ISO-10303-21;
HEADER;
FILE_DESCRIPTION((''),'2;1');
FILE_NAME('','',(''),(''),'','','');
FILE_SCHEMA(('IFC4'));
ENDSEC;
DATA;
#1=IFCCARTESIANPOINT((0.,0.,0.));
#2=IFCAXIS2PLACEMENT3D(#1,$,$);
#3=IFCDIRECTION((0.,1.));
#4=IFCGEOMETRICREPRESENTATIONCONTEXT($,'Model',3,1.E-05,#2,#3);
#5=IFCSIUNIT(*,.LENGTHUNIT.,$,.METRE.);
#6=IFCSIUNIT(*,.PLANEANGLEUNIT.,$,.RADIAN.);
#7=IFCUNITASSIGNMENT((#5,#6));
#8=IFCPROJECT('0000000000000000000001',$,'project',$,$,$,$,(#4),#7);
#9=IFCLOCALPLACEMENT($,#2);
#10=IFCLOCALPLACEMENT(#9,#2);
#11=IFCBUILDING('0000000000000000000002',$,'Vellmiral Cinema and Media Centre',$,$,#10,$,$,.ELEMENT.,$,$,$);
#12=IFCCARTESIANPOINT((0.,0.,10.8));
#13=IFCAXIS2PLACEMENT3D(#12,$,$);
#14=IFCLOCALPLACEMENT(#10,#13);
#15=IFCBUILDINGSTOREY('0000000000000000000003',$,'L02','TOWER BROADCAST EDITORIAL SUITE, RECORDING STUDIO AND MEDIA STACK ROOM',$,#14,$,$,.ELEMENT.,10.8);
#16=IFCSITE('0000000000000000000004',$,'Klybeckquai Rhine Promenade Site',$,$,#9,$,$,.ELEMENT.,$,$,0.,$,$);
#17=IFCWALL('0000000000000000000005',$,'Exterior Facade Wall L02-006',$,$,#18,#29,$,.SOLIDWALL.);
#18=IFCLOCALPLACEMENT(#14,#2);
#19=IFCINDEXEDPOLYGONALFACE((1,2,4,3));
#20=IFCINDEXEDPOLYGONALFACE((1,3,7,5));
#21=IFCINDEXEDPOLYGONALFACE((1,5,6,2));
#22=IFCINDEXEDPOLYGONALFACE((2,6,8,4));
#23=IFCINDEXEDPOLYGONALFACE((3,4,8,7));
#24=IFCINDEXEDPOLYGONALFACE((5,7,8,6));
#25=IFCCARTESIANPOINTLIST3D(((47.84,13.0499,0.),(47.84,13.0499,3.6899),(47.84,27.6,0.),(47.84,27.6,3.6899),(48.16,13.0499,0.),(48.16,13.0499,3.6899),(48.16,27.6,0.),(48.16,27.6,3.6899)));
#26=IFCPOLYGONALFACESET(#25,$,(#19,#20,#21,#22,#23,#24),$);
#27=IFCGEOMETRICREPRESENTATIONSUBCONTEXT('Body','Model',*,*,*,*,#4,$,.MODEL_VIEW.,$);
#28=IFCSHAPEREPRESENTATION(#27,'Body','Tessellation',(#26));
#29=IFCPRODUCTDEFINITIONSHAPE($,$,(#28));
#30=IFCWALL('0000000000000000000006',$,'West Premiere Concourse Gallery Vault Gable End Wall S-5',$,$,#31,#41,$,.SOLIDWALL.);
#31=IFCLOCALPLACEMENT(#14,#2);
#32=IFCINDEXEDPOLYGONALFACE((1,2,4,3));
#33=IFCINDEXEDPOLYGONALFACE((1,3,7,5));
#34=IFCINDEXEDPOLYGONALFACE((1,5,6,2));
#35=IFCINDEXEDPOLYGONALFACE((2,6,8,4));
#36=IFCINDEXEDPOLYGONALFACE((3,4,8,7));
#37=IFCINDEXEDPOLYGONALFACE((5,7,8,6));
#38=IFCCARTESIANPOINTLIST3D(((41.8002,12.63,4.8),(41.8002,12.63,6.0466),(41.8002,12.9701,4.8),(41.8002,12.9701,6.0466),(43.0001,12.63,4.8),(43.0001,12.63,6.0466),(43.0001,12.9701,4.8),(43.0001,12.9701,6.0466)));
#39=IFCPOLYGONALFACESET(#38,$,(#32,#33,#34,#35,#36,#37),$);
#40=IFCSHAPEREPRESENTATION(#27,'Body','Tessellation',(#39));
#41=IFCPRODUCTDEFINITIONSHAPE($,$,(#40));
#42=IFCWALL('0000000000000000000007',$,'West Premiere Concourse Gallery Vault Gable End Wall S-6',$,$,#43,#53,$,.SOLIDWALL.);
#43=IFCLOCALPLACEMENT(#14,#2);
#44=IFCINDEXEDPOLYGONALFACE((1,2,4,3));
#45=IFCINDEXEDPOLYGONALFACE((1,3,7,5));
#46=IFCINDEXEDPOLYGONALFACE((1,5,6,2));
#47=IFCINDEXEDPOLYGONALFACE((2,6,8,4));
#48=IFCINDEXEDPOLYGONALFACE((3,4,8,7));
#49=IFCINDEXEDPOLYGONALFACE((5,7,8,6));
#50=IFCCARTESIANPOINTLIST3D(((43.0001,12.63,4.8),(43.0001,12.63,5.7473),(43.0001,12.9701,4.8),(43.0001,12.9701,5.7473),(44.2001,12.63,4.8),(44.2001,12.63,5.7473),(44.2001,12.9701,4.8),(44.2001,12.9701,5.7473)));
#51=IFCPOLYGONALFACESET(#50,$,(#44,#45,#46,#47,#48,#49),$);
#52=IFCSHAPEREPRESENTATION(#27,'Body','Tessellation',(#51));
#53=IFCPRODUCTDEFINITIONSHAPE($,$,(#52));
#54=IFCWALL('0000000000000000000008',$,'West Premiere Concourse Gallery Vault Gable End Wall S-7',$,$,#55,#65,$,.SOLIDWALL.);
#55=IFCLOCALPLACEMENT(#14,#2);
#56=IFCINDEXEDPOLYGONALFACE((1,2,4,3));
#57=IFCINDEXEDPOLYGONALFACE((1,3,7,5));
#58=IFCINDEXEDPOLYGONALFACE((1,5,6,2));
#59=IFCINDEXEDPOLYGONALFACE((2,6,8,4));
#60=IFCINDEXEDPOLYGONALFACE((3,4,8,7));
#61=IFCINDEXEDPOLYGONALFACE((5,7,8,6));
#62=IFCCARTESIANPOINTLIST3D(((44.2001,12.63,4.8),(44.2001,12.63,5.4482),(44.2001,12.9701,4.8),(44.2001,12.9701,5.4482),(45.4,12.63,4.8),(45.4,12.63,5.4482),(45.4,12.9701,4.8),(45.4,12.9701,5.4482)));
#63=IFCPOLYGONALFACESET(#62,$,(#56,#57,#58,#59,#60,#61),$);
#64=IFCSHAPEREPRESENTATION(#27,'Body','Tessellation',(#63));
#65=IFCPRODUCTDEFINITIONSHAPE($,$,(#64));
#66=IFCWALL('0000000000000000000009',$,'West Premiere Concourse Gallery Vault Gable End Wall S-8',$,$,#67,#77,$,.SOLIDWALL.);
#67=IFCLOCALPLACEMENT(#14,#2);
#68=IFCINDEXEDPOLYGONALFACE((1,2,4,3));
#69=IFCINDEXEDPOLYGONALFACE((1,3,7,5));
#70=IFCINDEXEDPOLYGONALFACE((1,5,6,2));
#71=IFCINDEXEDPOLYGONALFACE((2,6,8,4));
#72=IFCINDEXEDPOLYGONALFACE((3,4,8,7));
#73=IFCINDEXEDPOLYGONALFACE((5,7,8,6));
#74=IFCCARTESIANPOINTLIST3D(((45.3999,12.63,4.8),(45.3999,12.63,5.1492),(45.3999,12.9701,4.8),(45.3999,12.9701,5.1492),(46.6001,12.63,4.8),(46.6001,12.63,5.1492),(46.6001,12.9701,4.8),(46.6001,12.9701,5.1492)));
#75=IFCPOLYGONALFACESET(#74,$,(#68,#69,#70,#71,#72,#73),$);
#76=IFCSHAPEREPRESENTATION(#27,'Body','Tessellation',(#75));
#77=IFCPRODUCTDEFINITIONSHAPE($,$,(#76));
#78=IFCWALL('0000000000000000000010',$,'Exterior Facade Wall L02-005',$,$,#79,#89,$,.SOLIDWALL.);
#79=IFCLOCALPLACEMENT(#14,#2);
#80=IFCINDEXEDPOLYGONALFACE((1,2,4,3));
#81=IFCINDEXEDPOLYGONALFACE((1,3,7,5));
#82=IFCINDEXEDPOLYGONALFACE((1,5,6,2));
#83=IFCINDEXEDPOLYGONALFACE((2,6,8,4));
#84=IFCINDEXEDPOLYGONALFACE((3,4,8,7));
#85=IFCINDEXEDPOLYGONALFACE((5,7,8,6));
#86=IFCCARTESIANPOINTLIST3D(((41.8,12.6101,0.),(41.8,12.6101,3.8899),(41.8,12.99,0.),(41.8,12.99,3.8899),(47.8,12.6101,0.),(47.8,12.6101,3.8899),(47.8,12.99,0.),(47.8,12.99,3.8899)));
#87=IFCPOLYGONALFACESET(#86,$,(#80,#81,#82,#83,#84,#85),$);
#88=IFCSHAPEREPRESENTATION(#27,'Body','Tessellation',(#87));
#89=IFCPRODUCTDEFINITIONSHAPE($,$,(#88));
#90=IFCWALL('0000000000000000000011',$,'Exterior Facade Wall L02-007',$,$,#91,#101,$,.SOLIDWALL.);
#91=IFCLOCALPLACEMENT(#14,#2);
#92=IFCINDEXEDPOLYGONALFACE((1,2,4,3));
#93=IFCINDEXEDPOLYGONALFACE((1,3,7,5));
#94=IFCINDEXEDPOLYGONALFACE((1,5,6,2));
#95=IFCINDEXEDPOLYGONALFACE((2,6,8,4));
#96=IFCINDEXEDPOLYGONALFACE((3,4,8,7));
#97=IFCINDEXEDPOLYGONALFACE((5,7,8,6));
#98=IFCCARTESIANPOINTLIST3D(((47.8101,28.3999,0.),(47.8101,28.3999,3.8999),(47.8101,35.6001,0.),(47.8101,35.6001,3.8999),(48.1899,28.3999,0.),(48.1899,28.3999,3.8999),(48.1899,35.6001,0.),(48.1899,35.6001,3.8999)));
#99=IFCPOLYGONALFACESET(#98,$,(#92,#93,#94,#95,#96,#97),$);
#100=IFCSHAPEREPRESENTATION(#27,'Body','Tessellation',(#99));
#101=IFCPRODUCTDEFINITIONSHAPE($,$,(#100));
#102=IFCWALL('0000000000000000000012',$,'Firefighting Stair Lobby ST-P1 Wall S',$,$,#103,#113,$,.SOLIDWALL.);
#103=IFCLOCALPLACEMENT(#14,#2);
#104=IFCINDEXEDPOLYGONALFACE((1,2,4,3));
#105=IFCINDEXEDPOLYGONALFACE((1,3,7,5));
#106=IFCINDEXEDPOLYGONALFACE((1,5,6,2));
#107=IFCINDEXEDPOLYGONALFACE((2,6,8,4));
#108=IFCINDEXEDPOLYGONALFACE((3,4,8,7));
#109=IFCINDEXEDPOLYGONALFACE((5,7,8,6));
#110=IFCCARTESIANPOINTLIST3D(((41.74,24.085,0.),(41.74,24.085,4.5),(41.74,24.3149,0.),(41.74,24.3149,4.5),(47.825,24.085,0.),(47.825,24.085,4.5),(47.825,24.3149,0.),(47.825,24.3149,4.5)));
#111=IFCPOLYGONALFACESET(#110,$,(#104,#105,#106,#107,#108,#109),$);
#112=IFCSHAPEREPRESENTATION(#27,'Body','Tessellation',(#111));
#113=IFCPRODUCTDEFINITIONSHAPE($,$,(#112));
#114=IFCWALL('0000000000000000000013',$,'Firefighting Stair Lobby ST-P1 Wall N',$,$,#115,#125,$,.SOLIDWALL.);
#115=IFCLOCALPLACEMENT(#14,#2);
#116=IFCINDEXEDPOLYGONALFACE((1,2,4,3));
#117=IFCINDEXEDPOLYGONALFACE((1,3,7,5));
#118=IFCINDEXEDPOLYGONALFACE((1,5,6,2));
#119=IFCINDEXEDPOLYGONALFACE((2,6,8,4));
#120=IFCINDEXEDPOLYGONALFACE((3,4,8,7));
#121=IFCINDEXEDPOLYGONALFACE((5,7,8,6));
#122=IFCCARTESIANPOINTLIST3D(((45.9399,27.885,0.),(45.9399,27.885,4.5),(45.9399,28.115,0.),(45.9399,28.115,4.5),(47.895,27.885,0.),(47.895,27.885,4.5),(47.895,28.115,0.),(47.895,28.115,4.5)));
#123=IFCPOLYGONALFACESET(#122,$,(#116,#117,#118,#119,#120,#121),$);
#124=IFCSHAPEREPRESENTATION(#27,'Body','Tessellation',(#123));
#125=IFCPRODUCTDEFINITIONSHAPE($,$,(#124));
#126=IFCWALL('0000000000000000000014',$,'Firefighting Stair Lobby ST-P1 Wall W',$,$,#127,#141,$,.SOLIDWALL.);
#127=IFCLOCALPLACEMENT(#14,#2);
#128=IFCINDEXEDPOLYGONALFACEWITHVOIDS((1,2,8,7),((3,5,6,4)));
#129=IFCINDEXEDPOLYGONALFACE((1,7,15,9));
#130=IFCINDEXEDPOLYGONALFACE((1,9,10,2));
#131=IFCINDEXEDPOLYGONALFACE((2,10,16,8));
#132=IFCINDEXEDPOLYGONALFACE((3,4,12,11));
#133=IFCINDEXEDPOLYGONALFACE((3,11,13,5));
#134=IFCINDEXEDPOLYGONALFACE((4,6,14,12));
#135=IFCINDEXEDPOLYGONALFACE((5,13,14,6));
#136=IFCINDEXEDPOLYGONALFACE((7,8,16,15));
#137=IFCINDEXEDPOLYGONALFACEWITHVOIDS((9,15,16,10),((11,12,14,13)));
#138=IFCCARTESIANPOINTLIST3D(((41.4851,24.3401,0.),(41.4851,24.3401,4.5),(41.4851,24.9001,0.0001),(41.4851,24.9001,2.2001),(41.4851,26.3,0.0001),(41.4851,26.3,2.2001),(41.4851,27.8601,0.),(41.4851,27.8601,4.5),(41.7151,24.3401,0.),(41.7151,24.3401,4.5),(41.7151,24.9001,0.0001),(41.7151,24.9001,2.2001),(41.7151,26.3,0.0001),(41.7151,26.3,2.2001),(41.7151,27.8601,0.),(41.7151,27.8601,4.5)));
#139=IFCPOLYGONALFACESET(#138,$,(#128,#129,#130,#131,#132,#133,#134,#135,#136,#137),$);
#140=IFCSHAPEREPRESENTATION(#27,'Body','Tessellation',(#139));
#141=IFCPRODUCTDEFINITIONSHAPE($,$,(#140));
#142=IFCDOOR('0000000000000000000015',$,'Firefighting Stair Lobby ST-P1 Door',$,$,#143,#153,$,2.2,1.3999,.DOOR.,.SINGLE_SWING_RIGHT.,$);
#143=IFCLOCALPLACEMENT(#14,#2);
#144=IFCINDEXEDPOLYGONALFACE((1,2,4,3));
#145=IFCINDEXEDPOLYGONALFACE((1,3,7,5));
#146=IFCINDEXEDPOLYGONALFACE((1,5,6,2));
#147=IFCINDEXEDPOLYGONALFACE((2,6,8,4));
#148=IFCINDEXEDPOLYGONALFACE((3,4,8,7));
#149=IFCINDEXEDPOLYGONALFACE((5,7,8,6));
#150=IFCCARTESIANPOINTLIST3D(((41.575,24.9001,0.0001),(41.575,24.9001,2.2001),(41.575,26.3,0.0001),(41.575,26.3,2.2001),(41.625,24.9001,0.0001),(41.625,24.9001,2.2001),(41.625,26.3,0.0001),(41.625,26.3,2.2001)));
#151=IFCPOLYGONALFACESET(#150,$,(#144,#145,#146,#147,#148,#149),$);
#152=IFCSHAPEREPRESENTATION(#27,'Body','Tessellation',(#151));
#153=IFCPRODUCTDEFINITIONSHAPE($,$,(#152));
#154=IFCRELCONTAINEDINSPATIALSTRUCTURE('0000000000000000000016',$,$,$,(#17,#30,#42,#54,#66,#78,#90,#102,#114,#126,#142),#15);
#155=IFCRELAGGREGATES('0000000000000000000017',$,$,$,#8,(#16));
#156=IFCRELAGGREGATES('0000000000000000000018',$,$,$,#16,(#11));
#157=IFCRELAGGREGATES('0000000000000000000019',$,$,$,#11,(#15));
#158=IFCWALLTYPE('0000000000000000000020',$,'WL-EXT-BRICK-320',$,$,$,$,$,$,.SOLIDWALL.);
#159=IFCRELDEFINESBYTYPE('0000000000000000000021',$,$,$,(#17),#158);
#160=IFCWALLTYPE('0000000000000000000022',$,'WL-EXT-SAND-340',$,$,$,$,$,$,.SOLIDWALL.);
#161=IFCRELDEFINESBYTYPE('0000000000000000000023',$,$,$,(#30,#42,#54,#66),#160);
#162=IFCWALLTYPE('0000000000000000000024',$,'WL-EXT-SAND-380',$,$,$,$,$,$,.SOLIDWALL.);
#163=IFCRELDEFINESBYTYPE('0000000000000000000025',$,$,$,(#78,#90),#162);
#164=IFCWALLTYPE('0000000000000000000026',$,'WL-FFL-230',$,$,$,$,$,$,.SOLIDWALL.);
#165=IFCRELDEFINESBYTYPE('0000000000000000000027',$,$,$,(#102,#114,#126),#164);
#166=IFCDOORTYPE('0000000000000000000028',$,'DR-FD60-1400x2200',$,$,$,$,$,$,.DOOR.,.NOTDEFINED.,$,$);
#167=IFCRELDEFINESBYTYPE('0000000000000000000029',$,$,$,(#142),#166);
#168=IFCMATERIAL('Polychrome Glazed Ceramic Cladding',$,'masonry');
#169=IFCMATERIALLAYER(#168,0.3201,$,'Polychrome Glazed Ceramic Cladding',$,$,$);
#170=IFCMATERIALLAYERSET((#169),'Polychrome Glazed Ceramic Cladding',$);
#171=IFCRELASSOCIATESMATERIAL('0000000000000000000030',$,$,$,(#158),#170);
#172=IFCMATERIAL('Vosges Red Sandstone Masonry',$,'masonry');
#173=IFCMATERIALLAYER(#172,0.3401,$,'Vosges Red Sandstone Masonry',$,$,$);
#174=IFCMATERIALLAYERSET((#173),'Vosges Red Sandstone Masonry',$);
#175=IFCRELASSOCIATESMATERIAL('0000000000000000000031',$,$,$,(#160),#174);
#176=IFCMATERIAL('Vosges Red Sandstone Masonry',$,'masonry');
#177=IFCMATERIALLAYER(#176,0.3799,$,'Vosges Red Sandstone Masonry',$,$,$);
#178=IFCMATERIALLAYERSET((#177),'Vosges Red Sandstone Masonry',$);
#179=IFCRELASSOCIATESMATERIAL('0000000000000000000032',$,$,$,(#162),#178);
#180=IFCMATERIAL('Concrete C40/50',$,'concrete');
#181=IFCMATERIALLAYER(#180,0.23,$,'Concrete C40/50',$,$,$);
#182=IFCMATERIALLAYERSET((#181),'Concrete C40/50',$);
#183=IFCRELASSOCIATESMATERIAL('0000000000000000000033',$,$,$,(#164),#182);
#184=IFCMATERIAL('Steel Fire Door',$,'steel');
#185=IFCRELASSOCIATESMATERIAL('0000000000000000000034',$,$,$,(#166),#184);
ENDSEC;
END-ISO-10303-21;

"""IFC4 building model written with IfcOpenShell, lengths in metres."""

from ifc_helpers import new_model, si_unit, direction, frame, frame_2d, origin, place, context, subcontext, project, spatial, rectangle, extrude, material, layer, layer_set, type_object, element, fill, save


model = new_model("IFC4")

# Units and contexts
model_context = context("Model", 3, precision=1e-05, world=origin(), true_north=direction((0.0, 1.0)))
body_context = subcontext(model_context, "Body", "Model", "MODEL_VIEW")
ifc_project = project(units=[si_unit("LENGTHUNIT", "METRE"), si_unit("PLANEANGLEUNIT", "RADIAN")], contexts=[model_context])

# Site, building, storey
site_placement = place(None, origin())
site = spatial("IfcSite", under=ifc_project, at=site_placement, Name="Klybeckquai Rhine Promenade Site", CompositionType="ELEMENT", RefElevation=0.0)
building_placement = place(site_placement, origin())
building = spatial("IfcBuilding", under=site, at=building_placement, Name="Vellmiral Cinema and Media Centre", CompositionType="ELEMENT")
storey_placement = place(building_placement, frame((0.0, 0.0, 10.8)))
storey = spatial("IfcBuildingStorey", under=building, at=storey_placement, Name="L02", Description="TOWER BROADCAST EDITORIAL SUITE, RECORDING STUDIO AND MEDIA STACK ROOM", CompositionType="ELEMENT", Elevation=10.8)

# Walls
ifc_material_1 = material(Name="Polychrome Glazed Ceramic Cladding", Category="masonry")
ifc_layer_1 = layer(ifc_material_1, 0.3201, Name="Polychrome Glazed Ceramic Cladding")
ifc_layer_set_1 = layer_set([ifc_layer_1], Name="Polychrome Glazed Ceramic Cladding")
wall_type_1 = type_object("IfcWallType", Name="WL-EXT-BRICK-320", PredefinedType="SOLIDWALL", material=ifc_layer_set_1)
wall_1_placement = place(storey_placement, frame((48.0, 13.05, 0.0), z_axis=(0.0, 0.0, 1.0), x_axis=(0.0, 1.0, 0.0)))
element("IfcWall", 1, at=wall_1_placement, inside=storey, type_object=wall_type_1, Name="Exterior Facade Wall L02-006", PredefinedType="SOLIDWALL", context=body_context, shape_type="SweptSolid", body=[
    extrude(rectangle(XDim=14.55, YDim=0.3201, at=frame_2d((7.2749, 0.0))), origin(), (0.0, 0.0, 1.0), 3.6899),
])
ifc_material_2 = material(Name="Vosges Red Sandstone Masonry", Category="masonry")
ifc_layer_2 = layer(ifc_material_2, 0.3401, Name="Vosges Red Sandstone Masonry")
ifc_layer_set_2 = layer_set([ifc_layer_2], Name="Vosges Red Sandstone Masonry")
wall_type_2 = type_object("IfcWallType", Name="WL-EXT-SAND-340", PredefinedType="SOLIDWALL", material=ifc_layer_set_2)
wall_2_placement = place(storey_placement, frame((41.8, 12.8, 4.8), z_axis=(0.0, 0.0, 1.0), x_axis=(1.0, 0.0, 0.0)))
element("IfcWall", 2, at=wall_2_placement, inside=storey, type_object=wall_type_2, Name="West Premiere Concourse Gallery Vault Gable End Wall S-5", PredefinedType="SOLIDWALL", context=body_context, shape_type="SweptSolid", body=[
    extrude(rectangle(XDim=1.2, YDim=0.3401, at=frame_2d((0.6001, 0.0))), origin(), (0.0, 0.0, 1.0), 1.2466),
])
wall_3_placement = place(storey_placement, frame((43.0, 12.8, 4.8), z_axis=(0.0, 0.0, 1.0), x_axis=(1.0, 0.0, 0.0)))
element("IfcWall", 3, at=wall_3_placement, inside=storey, type_object=wall_type_2, Name="West Premiere Concourse Gallery Vault Gable End Wall S-6", PredefinedType="SOLIDWALL", context=body_context, shape_type="SweptSolid", body=[
    extrude(rectangle(XDim=1.2, YDim=0.3401, at=frame_2d((0.6001, 0.0))), origin(), (0.0, 0.0, 1.0), 0.9473),
])
wall_4_placement = place(storey_placement, frame((44.2, 12.8, 4.8), z_axis=(0.0, 0.0, 1.0), x_axis=(1.0, 0.0, 0.0)))
element("IfcWall", 4, at=wall_4_placement, inside=storey, type_object=wall_type_2, Name="West Premiere Concourse Gallery Vault Gable End Wall S-7", PredefinedType="SOLIDWALL", context=body_context, shape_type="SweptSolid", body=[
    extrude(rectangle(XDim=1.2, YDim=0.3401, at=frame_2d((0.6001, 0.0))), origin(), (0.0, 0.0, 1.0), 0.6482),
])
wall_5_placement = place(storey_placement, frame((45.3999, 12.8, 4.8), z_axis=(0.0, 0.0, 1.0), x_axis=(1.0, 0.0, 0.0)))
element("IfcWall", 5, at=wall_5_placement, inside=storey, type_object=wall_type_2, Name="West Premiere Concourse Gallery Vault Gable End Wall S-8", PredefinedType="SOLIDWALL", context=body_context, shape_type="SweptSolid", body=[
    extrude(rectangle(XDim=1.2002, YDim=0.3401, at=frame_2d((0.6001, 0.0))), origin(), (0.0, 0.0, 1.0), 0.3491),
])
ifc_material_3 = material(Name="Vosges Red Sandstone Masonry", Category="masonry")
ifc_layer_3 = layer(ifc_material_3, 0.3799, Name="Vosges Red Sandstone Masonry")
ifc_layer_set_3 = layer_set([ifc_layer_3], Name="Vosges Red Sandstone Masonry")
wall_type_3 = type_object("IfcWallType", Name="WL-EXT-SAND-380", PredefinedType="SOLIDWALL", material=ifc_layer_set_3)
wall_6_placement = place(storey_placement, frame((41.8, 12.8, 0.0), z_axis=(0.0, 0.0, 1.0), x_axis=(1.0, 0.0, 0.0)))
element("IfcWall", 6, at=wall_6_placement, inside=storey, type_object=wall_type_3, Name="Exterior Facade Wall L02-005", PredefinedType="SOLIDWALL", context=body_context, shape_type="SweptSolid", body=[
    extrude(rectangle(XDim=6.0, YDim=0.3799, at=frame_2d((3.0, 0.0))), origin(), (0.0, 0.0, 1.0), 3.8899),
])
wall_7_placement = place(storey_placement, frame((48.0, 28.3999, 0.0), z_axis=(0.0, 0.0, 1.0), x_axis=(0.0, 1.0, 0.0)))
element("IfcWall", 7, at=wall_7_placement, inside=storey, type_object=wall_type_3, Name="Exterior Facade Wall L02-007", PredefinedType="SOLIDWALL", context=body_context, shape_type="SweptSolid", body=[
    extrude(rectangle(XDim=7.2002, YDim=0.3799, at=frame_2d((3.6001, 0.0))), origin(), (0.0, 0.0, 1.0), 3.8999),
])
ifc_material_4 = material(Name="Concrete C40/50", Category="concrete")
ifc_layer_4 = layer(ifc_material_4, 0.23, Name="Concrete C40/50")
ifc_layer_set_4 = layer_set([ifc_layer_4], Name="Concrete C40/50")
wall_type_4 = type_object("IfcWallType", Name="WL-FFL-230", PredefinedType="SOLIDWALL", material=ifc_layer_set_4)
wall_8_placement = place(storey_placement, frame((41.74, 24.2, 0.0), z_axis=(0.0, 0.0, 1.0), x_axis=(1.0, 0.0, 0.0)))
element("IfcWall", 8, at=wall_8_placement, inside=storey, type_object=wall_type_4, Name="Firefighting Stair Lobby ST-P1 Wall S", PredefinedType="SOLIDWALL", context=body_context, shape_type="SweptSolid", body=[
    extrude(rectangle(XDim=6.085, YDim=0.23, at=frame_2d((3.0425, 0.0))), origin(), (0.0, 0.0, 1.0), 4.5),
])
wall_9_placement = place(storey_placement, frame((45.9399, 28.0, 0.0), z_axis=(0.0, 0.0, 1.0), x_axis=(1.0, 0.0, 0.0)))
element("IfcWall", 9, at=wall_9_placement, inside=storey, type_object=wall_type_4, Name="Firefighting Stair Lobby ST-P1 Wall N", PredefinedType="SOLIDWALL", context=body_context, shape_type="SweptSolid", body=[
    extrude(rectangle(XDim=1.9551, YDim=0.23, at=frame_2d((0.9775, 0.0))), origin(), (0.0, 0.0, 1.0), 4.5),
])

# Wall, opening, door
wall_10_placement = place(storey_placement, frame((41.6001, 24.3401, 0.0), z_axis=(0.0, 0.0, 1.0), x_axis=(0.0, 1.0, 0.0)))
wall_10 = element("IfcWall", 10, at=wall_10_placement, inside=storey, type_object=wall_type_4, Name="Firefighting Stair Lobby ST-P1 Wall W", PredefinedType="SOLIDWALL", context=body_context, shape_type="SweptSolid", body=[
    extrude(rectangle(XDim=3.52, YDim=0.23, at=frame_2d((1.76, 0.0))), origin(), (0.0, 0.0, 1.0), 4.5),
])
opening_1_placement = place(wall_10_placement, frame((0.5601, 0.0, 0.0)))
opening_1 = element("IfcOpeningElement", 11, at=opening_1_placement, cuts=wall_10, PredefinedType="OPENING", context=body_context, shape_type="SweptSolid", body=[
    extrude(rectangle(XDim=1.3999, YDim=2.2, at=frame_2d((0.7, 1.1001))), frame((0.0, 0.127, 0.0), z_axis=(0.0, -1.0, 0.0), x_axis=(1.0, 0.0, 0.0)), (0.0, 0.0, 1.0), 0.2539),
])
ifc_material_5 = material(Name="Steel Fire Door", Category="steel")
door_type_1 = type_object("IfcDoorType", Name="DR-FD60-1400x2200", OperationType="NOTDEFINED", PredefinedType="DOOR", material=ifc_material_5)
door_1_placement = place(opening_1_placement, frame((1.3999, 0.0, 0.0), z_axis=(0.0, 0.0, 1.0), x_axis=(-1.0, 0.0, 0.0)))
door_1 = element("IfcDoor", 12, at=door_1_placement, inside=storey, type_object=door_type_1, Name="Firefighting Stair Lobby ST-P1 Door", OperationType="SINGLE_SWING_RIGHT", OverallHeight=2.2, OverallWidth=1.3999, PredefinedType="DOOR", context=body_context, shape_type="SweptSolid", body=[
    extrude(rectangle(XDim=1.3999, YDim=2.2, at=frame_2d((0.7, 1.1001))), frame((0.0, 0.0249, 0.0), z_axis=(0.0, -1.0, 0.0), x_axis=(1.0, 0.0, 0.0)), (0.0, 0.0, 1.0), 0.05),
])
fill(opening_1, door_1)

save(model, "model.ifc")
